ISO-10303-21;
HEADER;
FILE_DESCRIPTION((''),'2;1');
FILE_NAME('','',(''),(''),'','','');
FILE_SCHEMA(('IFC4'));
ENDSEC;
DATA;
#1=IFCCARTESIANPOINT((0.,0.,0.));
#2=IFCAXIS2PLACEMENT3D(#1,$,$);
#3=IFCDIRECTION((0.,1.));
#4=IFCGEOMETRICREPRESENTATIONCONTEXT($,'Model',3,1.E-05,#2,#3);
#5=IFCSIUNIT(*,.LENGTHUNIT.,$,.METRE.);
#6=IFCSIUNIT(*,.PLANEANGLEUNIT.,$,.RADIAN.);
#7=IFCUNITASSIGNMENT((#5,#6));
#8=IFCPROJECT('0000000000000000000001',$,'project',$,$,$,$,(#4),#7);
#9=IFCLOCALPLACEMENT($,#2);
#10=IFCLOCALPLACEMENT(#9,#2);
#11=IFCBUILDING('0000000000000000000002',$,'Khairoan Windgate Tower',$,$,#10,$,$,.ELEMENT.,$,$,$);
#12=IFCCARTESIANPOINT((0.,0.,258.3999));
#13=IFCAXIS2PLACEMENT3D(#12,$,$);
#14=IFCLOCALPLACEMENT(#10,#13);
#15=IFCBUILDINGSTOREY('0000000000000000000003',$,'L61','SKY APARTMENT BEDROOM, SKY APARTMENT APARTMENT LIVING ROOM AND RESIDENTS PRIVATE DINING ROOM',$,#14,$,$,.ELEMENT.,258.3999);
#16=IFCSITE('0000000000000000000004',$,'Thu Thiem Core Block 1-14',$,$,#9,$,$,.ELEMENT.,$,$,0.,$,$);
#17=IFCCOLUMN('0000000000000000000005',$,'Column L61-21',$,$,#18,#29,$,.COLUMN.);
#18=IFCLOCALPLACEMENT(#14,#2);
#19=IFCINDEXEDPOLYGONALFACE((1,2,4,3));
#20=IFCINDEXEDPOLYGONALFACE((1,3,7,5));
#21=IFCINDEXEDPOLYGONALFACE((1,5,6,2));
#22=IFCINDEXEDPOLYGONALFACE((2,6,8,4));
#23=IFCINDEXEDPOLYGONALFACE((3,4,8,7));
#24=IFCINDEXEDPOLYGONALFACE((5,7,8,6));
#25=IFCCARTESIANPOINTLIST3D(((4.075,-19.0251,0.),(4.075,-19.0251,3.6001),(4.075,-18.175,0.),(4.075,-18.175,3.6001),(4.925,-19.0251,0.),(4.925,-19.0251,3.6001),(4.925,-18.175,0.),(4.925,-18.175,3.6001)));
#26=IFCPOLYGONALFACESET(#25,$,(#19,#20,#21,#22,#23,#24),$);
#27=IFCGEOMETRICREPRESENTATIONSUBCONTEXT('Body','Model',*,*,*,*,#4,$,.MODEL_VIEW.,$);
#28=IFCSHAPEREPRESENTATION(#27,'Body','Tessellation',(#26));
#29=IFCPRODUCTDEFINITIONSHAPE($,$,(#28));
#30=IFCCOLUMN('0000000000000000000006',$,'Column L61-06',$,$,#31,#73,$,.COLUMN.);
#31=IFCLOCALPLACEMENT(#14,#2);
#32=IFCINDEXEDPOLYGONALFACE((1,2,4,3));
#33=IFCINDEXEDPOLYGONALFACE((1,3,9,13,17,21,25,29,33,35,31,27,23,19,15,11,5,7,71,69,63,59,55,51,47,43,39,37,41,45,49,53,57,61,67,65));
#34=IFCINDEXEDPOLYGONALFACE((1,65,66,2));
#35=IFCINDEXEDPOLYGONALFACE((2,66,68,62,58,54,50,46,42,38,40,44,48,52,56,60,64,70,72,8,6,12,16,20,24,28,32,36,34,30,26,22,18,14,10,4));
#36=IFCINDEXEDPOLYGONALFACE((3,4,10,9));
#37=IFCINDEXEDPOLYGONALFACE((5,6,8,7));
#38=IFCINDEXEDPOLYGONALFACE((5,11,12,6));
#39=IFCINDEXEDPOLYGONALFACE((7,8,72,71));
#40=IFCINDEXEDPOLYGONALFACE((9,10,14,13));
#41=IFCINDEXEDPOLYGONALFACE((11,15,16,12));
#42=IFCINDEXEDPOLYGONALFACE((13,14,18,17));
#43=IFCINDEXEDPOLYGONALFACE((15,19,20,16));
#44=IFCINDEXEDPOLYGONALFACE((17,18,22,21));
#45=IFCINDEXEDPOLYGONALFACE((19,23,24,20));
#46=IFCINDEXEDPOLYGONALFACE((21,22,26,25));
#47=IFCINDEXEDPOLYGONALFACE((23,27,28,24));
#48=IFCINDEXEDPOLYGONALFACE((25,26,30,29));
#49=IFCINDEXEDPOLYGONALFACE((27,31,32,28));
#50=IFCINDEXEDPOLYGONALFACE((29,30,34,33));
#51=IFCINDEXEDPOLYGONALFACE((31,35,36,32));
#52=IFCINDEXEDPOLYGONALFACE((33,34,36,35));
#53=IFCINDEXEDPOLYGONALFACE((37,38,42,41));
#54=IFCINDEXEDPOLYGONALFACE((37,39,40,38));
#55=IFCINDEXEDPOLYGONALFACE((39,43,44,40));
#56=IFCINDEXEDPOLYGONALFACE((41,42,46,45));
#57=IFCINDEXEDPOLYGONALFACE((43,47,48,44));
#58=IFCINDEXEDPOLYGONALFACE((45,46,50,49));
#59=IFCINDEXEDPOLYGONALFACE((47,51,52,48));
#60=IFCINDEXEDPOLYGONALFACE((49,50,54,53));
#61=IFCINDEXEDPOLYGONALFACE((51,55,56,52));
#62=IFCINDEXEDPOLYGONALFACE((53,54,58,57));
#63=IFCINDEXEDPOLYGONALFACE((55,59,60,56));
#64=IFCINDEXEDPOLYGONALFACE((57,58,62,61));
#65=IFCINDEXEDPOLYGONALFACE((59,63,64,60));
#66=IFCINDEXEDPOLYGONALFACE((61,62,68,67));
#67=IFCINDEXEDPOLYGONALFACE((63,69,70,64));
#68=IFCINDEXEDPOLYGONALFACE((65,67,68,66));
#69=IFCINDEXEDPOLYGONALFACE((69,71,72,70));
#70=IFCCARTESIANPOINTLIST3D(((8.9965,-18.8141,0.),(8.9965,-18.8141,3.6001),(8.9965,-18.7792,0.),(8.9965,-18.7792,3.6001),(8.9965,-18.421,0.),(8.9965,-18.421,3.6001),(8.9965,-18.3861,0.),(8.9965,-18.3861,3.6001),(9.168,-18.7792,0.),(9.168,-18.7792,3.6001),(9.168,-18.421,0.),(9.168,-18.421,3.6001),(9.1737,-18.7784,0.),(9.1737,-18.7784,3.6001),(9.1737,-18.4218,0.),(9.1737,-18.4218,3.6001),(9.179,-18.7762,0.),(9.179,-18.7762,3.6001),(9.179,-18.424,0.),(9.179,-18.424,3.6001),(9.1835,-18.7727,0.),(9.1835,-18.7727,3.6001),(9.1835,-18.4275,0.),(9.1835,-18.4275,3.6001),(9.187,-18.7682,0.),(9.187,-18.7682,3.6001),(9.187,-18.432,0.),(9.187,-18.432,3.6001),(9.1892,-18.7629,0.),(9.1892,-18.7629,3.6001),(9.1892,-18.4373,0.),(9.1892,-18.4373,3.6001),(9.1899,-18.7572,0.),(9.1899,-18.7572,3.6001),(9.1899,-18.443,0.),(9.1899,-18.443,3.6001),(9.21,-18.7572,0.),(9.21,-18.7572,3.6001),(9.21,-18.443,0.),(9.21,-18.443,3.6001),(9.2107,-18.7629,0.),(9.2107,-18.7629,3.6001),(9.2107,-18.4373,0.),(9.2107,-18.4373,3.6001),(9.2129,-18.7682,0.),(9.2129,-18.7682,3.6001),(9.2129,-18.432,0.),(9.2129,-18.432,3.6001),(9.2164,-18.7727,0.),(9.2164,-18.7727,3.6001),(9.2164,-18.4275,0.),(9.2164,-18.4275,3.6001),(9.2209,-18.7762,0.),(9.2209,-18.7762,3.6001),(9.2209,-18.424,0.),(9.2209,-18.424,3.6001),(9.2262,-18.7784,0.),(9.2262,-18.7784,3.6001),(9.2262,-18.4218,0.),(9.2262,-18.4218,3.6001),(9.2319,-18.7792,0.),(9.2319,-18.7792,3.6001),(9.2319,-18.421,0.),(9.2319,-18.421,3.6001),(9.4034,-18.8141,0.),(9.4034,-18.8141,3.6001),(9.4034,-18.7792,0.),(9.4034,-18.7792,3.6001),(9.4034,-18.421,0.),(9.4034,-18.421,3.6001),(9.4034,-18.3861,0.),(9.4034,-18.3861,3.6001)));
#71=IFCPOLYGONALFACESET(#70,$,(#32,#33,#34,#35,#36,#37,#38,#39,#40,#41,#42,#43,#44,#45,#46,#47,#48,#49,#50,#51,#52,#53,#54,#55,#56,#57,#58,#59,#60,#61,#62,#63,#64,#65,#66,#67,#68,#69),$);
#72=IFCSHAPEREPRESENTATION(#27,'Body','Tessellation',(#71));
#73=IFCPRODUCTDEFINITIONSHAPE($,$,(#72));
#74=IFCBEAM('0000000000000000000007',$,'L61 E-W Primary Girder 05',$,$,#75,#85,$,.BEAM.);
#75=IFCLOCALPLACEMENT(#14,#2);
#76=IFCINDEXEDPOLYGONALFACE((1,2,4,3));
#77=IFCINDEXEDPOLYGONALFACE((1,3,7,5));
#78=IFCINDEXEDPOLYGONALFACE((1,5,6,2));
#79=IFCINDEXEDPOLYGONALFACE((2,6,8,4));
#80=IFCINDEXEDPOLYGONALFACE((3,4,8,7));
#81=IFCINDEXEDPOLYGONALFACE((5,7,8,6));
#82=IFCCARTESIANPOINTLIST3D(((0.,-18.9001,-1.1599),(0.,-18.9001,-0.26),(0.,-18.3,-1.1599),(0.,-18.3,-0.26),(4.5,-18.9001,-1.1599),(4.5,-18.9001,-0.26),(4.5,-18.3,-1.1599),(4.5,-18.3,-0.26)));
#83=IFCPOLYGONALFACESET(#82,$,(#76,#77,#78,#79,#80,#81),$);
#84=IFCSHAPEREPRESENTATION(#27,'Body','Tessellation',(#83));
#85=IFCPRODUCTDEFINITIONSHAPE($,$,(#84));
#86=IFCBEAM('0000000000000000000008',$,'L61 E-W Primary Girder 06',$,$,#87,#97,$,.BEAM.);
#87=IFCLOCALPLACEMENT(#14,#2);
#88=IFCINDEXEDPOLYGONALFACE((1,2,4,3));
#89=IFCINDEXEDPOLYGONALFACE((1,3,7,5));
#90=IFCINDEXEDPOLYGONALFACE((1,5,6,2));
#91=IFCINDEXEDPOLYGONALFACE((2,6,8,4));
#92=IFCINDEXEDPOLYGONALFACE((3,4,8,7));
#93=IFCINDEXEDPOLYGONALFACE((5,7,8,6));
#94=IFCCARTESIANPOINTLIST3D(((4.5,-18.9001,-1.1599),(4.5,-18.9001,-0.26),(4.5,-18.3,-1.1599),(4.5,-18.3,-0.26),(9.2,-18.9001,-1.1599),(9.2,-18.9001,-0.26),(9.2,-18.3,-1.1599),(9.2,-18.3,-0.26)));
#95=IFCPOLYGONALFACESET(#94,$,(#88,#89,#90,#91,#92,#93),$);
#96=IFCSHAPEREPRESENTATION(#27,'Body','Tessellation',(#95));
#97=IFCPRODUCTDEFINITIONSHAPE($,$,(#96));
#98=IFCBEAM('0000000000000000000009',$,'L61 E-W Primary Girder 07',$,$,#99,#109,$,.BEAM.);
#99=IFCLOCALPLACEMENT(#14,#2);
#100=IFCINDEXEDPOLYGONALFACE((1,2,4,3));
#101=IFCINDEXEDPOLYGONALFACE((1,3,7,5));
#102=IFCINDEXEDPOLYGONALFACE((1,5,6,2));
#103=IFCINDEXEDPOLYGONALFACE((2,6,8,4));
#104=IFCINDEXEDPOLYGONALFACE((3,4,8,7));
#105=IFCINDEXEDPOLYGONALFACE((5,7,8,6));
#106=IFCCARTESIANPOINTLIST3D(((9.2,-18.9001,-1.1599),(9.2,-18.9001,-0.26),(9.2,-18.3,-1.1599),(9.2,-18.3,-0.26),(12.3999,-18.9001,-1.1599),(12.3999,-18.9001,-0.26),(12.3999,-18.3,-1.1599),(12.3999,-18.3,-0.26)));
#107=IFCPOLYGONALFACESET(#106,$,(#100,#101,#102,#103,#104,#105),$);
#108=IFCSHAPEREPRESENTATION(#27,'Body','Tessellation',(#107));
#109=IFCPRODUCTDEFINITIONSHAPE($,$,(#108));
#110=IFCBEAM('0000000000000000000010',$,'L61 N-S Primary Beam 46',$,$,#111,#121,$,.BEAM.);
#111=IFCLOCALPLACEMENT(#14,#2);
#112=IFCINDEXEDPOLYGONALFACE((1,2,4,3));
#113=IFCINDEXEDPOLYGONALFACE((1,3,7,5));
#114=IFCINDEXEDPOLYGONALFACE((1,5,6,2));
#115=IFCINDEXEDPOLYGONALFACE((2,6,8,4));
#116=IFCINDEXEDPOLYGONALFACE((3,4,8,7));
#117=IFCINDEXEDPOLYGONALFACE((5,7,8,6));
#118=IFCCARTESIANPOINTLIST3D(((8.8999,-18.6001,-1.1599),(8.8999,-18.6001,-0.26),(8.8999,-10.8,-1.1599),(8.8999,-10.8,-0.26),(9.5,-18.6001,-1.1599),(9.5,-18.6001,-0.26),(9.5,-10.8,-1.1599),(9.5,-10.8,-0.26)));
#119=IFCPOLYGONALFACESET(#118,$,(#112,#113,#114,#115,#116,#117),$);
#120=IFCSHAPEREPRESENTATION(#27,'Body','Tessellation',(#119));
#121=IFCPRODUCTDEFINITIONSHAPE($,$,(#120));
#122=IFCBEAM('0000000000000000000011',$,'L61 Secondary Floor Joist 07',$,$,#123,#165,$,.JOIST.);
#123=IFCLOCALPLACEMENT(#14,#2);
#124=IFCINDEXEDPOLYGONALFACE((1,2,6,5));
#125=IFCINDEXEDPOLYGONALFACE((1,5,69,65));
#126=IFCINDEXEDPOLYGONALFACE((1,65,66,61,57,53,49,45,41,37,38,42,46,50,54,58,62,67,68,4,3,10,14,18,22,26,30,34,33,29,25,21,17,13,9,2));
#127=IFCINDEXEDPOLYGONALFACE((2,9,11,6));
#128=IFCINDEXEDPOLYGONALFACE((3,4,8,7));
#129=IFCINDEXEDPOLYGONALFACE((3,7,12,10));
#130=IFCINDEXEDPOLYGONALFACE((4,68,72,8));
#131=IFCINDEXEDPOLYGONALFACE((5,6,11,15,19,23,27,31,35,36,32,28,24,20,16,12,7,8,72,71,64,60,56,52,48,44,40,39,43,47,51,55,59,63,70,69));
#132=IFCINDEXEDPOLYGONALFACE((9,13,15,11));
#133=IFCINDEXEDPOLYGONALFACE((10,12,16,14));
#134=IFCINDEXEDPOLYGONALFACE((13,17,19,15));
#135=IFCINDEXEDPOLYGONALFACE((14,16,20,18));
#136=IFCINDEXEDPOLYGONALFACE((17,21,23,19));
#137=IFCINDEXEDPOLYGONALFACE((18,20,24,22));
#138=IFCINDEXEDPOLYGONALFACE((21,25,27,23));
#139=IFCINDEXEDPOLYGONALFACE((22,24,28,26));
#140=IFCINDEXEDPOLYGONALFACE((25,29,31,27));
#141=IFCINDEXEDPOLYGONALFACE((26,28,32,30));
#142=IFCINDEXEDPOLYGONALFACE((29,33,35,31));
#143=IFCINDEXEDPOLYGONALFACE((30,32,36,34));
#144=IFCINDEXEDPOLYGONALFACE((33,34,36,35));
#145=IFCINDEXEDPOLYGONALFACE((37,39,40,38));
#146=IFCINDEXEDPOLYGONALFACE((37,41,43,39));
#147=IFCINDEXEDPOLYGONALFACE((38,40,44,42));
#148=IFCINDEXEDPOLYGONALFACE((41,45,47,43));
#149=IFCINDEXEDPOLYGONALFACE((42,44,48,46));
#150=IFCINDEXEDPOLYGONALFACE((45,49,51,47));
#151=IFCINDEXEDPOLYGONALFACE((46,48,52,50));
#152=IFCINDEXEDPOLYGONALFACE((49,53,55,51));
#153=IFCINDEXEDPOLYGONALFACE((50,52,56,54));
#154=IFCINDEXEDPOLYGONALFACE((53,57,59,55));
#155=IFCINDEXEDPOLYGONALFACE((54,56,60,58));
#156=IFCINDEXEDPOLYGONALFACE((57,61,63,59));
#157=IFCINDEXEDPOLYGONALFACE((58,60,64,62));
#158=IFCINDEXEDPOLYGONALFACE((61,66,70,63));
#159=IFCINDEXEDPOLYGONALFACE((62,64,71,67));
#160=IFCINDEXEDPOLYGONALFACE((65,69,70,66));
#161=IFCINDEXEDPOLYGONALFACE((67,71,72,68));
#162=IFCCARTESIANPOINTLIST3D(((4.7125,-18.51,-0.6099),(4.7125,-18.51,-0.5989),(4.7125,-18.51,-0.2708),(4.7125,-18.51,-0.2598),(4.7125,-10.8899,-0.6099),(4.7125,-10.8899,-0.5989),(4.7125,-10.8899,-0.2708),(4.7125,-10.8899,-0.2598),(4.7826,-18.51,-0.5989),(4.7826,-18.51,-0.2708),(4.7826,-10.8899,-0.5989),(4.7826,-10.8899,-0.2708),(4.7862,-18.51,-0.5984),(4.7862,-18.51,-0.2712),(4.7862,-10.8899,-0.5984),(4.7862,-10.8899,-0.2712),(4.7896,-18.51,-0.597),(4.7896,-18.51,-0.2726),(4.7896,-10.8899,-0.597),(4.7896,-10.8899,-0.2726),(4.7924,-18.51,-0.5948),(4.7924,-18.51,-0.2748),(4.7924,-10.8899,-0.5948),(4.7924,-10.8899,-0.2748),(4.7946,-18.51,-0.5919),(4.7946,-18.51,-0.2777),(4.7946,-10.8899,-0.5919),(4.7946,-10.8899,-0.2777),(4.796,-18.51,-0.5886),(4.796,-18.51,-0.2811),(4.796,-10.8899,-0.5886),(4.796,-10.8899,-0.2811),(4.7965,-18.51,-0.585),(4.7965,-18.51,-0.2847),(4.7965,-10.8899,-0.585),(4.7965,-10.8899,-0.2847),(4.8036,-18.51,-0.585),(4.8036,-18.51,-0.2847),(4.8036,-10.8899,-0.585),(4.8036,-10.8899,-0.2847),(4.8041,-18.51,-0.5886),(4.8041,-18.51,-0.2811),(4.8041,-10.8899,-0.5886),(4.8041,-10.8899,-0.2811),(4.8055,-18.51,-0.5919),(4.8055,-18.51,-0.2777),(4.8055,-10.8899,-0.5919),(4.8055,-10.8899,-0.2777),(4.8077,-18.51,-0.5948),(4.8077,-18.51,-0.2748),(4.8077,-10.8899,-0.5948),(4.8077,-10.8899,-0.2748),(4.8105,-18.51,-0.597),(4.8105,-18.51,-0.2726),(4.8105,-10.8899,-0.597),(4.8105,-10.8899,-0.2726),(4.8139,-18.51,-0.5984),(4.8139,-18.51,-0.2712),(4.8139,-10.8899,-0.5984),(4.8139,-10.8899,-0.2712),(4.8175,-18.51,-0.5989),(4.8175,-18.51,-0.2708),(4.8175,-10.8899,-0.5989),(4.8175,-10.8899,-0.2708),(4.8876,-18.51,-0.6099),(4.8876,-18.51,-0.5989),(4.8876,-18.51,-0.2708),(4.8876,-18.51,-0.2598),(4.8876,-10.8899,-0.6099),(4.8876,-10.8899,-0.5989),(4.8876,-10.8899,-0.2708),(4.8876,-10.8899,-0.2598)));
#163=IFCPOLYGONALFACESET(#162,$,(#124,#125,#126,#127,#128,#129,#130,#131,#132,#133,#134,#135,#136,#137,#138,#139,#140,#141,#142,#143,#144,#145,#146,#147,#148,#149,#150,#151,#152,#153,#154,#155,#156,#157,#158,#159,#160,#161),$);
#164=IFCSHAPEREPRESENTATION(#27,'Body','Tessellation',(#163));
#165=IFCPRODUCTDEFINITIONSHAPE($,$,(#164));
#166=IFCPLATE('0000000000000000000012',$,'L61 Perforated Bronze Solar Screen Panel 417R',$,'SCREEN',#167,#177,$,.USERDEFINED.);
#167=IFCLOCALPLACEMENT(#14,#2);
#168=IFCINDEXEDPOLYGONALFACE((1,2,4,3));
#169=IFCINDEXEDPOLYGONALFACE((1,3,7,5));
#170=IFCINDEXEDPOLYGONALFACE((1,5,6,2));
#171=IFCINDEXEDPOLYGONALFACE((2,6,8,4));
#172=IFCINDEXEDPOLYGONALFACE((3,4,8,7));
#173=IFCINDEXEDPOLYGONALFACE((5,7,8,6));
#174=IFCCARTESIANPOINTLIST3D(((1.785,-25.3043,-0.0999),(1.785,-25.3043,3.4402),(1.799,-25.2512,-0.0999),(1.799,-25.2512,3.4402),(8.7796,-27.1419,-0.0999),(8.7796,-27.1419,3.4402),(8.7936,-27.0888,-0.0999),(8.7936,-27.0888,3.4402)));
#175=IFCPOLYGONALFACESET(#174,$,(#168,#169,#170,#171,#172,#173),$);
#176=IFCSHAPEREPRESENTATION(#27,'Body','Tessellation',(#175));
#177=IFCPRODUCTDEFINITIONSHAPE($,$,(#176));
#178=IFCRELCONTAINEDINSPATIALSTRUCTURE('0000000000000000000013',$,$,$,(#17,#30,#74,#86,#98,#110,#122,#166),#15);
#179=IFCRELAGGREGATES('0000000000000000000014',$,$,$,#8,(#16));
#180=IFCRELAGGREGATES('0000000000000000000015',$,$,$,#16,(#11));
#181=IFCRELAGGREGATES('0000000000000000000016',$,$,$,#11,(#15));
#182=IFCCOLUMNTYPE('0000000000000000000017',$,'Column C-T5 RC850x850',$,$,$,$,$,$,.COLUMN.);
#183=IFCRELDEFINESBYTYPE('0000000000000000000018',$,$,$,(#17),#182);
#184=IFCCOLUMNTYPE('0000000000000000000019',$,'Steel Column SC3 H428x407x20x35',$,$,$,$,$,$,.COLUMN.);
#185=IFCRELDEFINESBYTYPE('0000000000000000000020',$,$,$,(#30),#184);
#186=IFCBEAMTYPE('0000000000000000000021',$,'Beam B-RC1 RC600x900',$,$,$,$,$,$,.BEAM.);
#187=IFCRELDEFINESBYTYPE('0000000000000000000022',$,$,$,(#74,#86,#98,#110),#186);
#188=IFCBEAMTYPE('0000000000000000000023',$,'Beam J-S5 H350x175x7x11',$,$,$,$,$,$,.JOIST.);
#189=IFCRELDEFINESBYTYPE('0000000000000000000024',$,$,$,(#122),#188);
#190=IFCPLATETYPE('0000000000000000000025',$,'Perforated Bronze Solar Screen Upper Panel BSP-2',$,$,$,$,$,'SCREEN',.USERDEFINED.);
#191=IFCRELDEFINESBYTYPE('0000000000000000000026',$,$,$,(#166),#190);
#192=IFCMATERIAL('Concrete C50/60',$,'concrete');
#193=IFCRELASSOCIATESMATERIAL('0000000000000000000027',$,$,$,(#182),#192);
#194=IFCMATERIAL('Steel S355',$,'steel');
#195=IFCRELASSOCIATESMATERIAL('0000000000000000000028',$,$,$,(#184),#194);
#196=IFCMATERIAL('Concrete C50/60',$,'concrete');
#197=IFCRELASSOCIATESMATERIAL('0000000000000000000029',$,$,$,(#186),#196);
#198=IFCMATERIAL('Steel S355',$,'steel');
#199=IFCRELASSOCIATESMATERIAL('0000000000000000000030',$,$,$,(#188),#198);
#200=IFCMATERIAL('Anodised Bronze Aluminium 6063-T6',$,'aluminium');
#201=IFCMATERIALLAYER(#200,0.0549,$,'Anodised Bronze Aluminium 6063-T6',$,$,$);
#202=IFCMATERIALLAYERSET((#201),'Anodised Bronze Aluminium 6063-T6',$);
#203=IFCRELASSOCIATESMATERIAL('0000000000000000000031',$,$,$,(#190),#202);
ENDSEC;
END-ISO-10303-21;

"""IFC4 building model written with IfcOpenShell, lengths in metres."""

from ifc_helpers import new_model, si_unit, direction, frame, origin, origin_2d, place, context, subcontext, project, spatial, rectangle, i_section, extrude, material, layer, layer_set, material_profile, profile_set, type_object, element, save


model = new_model("IFC4")

# Units and contexts
model_context = context("Model", 3, precision=1e-05, world=origin(), true_north=direction((0.0, 1.0)))
body_context = subcontext(model_context, "Body", "Model", "MODEL_VIEW")
ifc_project = project(units=[si_unit("LENGTHUNIT", "METRE"), si_unit("PLANEANGLEUNIT", "RADIAN")], contexts=[model_context])

# Site, building, storey
site_placement = place(None, origin())
site = spatial("IfcSite", under=ifc_project, at=site_placement, Name="Thu Thiem Core Block 1-14", CompositionType="ELEMENT", RefElevation=0.0)
building_placement = place(site_placement, origin())
building = spatial("IfcBuilding", under=site, at=building_placement, Name="Khairoan Windgate Tower", CompositionType="ELEMENT")
storey_placement = place(building_placement, frame((0.0, 0.0, 258.3999)))
storey = spatial("IfcBuildingStorey", under=building, at=storey_placement, Name="L61", Description="SKY APARTMENT BEDROOM, SKY APARTMENT APARTMENT LIVING ROOM AND RESIDENTS PRIVATE DINING ROOM", CompositionType="ELEMENT", Elevation=258.3999)

# Columns
ifc_material_1 = material(Name="Concrete C50/60", Category="concrete")
ifc_material_profile_1 = material_profile(ifc_material_1, rectangle(XDim=0.8501, YDim=0.8501, at=origin_2d()))
ifc_profile_set_1 = profile_set([ifc_material_profile_1], Name="Concrete C50/60")
column_type_1 = type_object("IfcColumnType", Name="Column C-T5 RC850x850", PredefinedType="COLUMN", material=ifc_profile_set_1)
column_1_placement = place(storey_placement, frame((4.5, -18.6001, 0.0), z_axis=(0.0, 0.0, 1.0), x_axis=(1.0, 0.0, 0.0)))
element("IfcColumn", 1, at=column_1_placement, inside=storey, type_object=column_type_1, Name="Column L61-21", PredefinedType="COLUMN", context=body_context, shape_type="SweptSolid", body=[
    extrude(rectangle(XDim=0.8501, YDim=0.8501, at=origin_2d()), origin(), (0.0, 0.0, 1.0), 3.6001),
])
ifc_material_2 = material(Name="Steel S355", Category="steel")
ifc_material_profile_2 = material_profile(ifc_material_2, i_section(OverallWidth=0.407, OverallDepth=0.428, WebThickness=0.02, FlangeThickness=0.0349, FilletRadius=0.022, at=origin_2d()))
ifc_profile_set_2 = profile_set([ifc_material_profile_2], Name="Steel S355")
column_type_2 = type_object("IfcColumnType", Name="Steel Column SC3 H428x407x20x35", PredefinedType="COLUMN", material=ifc_profile_set_2)
column_2_placement = place(storey_placement, frame((9.2, -18.6001, 0.0), z_axis=(0.0, 0.0, 1.0), x_axis=(1.0, 0.0, 0.0)))
element("IfcColumn", 2, at=column_2_placement, inside=storey, type_object=column_type_2, Name="Column L61-06", PredefinedType="COLUMN", context=body_context, shape_type="SweptSolid", body=[
    extrude(i_section(OverallWidth=0.407, OverallDepth=0.428, WebThickness=0.02, FlangeThickness=0.0349, FilletRadius=0.022, at=origin_2d()), origin(), (0.0, 0.0, 1.0), 3.6001),
])

# Beams
ifc_material_3 = material(Name="Concrete C50/60", Category="concrete")
ifc_material_profile_3 = material_profile(ifc_material_3, rectangle(XDim=0.6001, YDim=0.8999, at=origin_2d()))
ifc_profile_set_3 = profile_set([ifc_material_profile_3], Name="Concrete C50/60")
beam_type_1 = type_object("IfcBeamType", Name="Beam B-RC1 RC600x900", PredefinedType="BEAM", material=ifc_profile_set_3)
beam_1_placement = place(storey_placement, frame((0.0, -18.6001, -0.71), z_axis=(1.0, 0.0, 0.0), x_axis=(0.0, 1.0, 0.0)))
element("IfcBeam", 3, at=beam_1_placement, inside=storey, type_object=beam_type_1, Name="L61 E-W Primary Girder 05", PredefinedType="BEAM", context=body_context, shape_type="SweptSolid", body=[
    extrude(rectangle(XDim=0.6001, YDim=0.8999, at=origin_2d()), origin(), (0.0, 0.0, 1.0), 4.5),
])
beam_2_placement = place(storey_placement, frame((4.5, -18.6001, -0.71), z_axis=(1.0, 0.0, 0.0), x_axis=(0.0, 1.0, 0.0)))
element("IfcBeam", 4, at=beam_2_placement, inside=storey, type_object=beam_type_1, Name="L61 E-W Primary Girder 06", PredefinedType="BEAM", context=body_context, shape_type="SweptSolid", body=[
    extrude(rectangle(XDim=0.6001, YDim=0.8999, at=origin_2d()), origin(), (0.0, 0.0, 1.0), 4.7),
])
beam_3_placement = place(storey_placement, frame((9.2, -18.6001, -0.71), z_axis=(1.0, 0.0, 0.0), x_axis=(0.0, 1.0, 0.0)))
element("IfcBeam", 5, at=beam_3_placement, inside=storey, type_object=beam_type_1, Name="L61 E-W Primary Girder 07", PredefinedType="BEAM", context=body_context, shape_type="SweptSolid", body=[
    extrude(rectangle(XDim=0.6001, YDim=0.8999, at=origin_2d()), origin(), (0.0, 0.0, 1.0), 3.2),
])
beam_4_placement = place(storey_placement, frame((9.2, -18.6001, -0.71), z_axis=(0.0, 1.0, 0.0), x_axis=(-1.0, 0.0, 0.0)))
element("IfcBeam", 6, at=beam_4_placement, inside=storey, type_object=beam_type_1, Name="L61 N-S Primary Beam 46", PredefinedType="BEAM", context=body_context, shape_type="SweptSolid", body=[
    extrude(rectangle(XDim=0.6001, YDim=0.8999, at=origin_2d()), origin(), (0.0, 0.0, 1.0), 7.8),
])
ifc_material_4 = material(Name="Steel S355", Category="steel")
ifc_material_profile_4 = material_profile(ifc_material_4, i_section(OverallWidth=0.175, OverallDepth=0.3501, WebThickness=0.0071, FlangeThickness=0.011, FilletRadius=0.0139, at=origin_2d()))
ifc_profile_set_4 = profile_set([ifc_material_profile_4], Name="Steel S355")
beam_type_2 = type_object("IfcBeamType", Name="Beam J-S5 H350x175x7x11", PredefinedType="JOIST", material=ifc_profile_set_4)
beam_5_placement = place(storey_placement, frame((4.8, -18.51, -0.4348), z_axis=(0.0, 1.0, 0.0), x_axis=(-1.0, 0.0, 0.0)))
element("IfcBeam", 7, at=beam_5_placement, inside=storey, type_object=beam_type_2, Name="L61 Secondary Floor Joist 07", PredefinedType="JOIST", context=body_context, shape_type="SweptSolid", body=[
    extrude(i_section(OverallWidth=0.175, OverallDepth=0.3501, WebThickness=0.0071, FlangeThickness=0.011, FilletRadius=0.0139, at=origin_2d()), origin(), (0.0, 0.0, 1.0), 7.6201),
])

# Plate
ifc_material_5 = material(Name="Anodised Bronze Aluminium 6063-T6", Category="aluminium")
ifc_layer_1 = layer(ifc_material_5, 0.0549, Name="Anodised Bronze Aluminium 6063-T6")
ifc_layer_set_1 = layer_set([ifc_layer_1], Name="Anodised Bronze Aluminium 6063-T6")
plate_type = type_object("IfcPlateType", Name="Perforated Bronze Solar Screen Upper Panel BSP-2", ElementType="SCREEN", PredefinedType="USERDEFINED", material=ifc_layer_set_1)
plate_placement = place(storey_placement, frame((5.2893, -26.1965, -0.0999), z_axis=(0.0, 0.0, 1.0), x_axis=(-0.967179, 0.254096, 0.0)))
element("IfcPlate", 8, at=plate_placement, inside=storey, type_object=plate_type, Name="L61 Perforated Bronze Solar Screen Panel 417R", ObjectType="SCREEN", PredefinedType="USERDEFINED", context=body_context, shape_type="SweptSolid", body=[
    extrude(rectangle(XDim=7.2319, YDim=0.0549, at=origin_2d()), origin(), (0.0, 0.0, 1.0), 3.54),
])

save(model, "model.ifc")
